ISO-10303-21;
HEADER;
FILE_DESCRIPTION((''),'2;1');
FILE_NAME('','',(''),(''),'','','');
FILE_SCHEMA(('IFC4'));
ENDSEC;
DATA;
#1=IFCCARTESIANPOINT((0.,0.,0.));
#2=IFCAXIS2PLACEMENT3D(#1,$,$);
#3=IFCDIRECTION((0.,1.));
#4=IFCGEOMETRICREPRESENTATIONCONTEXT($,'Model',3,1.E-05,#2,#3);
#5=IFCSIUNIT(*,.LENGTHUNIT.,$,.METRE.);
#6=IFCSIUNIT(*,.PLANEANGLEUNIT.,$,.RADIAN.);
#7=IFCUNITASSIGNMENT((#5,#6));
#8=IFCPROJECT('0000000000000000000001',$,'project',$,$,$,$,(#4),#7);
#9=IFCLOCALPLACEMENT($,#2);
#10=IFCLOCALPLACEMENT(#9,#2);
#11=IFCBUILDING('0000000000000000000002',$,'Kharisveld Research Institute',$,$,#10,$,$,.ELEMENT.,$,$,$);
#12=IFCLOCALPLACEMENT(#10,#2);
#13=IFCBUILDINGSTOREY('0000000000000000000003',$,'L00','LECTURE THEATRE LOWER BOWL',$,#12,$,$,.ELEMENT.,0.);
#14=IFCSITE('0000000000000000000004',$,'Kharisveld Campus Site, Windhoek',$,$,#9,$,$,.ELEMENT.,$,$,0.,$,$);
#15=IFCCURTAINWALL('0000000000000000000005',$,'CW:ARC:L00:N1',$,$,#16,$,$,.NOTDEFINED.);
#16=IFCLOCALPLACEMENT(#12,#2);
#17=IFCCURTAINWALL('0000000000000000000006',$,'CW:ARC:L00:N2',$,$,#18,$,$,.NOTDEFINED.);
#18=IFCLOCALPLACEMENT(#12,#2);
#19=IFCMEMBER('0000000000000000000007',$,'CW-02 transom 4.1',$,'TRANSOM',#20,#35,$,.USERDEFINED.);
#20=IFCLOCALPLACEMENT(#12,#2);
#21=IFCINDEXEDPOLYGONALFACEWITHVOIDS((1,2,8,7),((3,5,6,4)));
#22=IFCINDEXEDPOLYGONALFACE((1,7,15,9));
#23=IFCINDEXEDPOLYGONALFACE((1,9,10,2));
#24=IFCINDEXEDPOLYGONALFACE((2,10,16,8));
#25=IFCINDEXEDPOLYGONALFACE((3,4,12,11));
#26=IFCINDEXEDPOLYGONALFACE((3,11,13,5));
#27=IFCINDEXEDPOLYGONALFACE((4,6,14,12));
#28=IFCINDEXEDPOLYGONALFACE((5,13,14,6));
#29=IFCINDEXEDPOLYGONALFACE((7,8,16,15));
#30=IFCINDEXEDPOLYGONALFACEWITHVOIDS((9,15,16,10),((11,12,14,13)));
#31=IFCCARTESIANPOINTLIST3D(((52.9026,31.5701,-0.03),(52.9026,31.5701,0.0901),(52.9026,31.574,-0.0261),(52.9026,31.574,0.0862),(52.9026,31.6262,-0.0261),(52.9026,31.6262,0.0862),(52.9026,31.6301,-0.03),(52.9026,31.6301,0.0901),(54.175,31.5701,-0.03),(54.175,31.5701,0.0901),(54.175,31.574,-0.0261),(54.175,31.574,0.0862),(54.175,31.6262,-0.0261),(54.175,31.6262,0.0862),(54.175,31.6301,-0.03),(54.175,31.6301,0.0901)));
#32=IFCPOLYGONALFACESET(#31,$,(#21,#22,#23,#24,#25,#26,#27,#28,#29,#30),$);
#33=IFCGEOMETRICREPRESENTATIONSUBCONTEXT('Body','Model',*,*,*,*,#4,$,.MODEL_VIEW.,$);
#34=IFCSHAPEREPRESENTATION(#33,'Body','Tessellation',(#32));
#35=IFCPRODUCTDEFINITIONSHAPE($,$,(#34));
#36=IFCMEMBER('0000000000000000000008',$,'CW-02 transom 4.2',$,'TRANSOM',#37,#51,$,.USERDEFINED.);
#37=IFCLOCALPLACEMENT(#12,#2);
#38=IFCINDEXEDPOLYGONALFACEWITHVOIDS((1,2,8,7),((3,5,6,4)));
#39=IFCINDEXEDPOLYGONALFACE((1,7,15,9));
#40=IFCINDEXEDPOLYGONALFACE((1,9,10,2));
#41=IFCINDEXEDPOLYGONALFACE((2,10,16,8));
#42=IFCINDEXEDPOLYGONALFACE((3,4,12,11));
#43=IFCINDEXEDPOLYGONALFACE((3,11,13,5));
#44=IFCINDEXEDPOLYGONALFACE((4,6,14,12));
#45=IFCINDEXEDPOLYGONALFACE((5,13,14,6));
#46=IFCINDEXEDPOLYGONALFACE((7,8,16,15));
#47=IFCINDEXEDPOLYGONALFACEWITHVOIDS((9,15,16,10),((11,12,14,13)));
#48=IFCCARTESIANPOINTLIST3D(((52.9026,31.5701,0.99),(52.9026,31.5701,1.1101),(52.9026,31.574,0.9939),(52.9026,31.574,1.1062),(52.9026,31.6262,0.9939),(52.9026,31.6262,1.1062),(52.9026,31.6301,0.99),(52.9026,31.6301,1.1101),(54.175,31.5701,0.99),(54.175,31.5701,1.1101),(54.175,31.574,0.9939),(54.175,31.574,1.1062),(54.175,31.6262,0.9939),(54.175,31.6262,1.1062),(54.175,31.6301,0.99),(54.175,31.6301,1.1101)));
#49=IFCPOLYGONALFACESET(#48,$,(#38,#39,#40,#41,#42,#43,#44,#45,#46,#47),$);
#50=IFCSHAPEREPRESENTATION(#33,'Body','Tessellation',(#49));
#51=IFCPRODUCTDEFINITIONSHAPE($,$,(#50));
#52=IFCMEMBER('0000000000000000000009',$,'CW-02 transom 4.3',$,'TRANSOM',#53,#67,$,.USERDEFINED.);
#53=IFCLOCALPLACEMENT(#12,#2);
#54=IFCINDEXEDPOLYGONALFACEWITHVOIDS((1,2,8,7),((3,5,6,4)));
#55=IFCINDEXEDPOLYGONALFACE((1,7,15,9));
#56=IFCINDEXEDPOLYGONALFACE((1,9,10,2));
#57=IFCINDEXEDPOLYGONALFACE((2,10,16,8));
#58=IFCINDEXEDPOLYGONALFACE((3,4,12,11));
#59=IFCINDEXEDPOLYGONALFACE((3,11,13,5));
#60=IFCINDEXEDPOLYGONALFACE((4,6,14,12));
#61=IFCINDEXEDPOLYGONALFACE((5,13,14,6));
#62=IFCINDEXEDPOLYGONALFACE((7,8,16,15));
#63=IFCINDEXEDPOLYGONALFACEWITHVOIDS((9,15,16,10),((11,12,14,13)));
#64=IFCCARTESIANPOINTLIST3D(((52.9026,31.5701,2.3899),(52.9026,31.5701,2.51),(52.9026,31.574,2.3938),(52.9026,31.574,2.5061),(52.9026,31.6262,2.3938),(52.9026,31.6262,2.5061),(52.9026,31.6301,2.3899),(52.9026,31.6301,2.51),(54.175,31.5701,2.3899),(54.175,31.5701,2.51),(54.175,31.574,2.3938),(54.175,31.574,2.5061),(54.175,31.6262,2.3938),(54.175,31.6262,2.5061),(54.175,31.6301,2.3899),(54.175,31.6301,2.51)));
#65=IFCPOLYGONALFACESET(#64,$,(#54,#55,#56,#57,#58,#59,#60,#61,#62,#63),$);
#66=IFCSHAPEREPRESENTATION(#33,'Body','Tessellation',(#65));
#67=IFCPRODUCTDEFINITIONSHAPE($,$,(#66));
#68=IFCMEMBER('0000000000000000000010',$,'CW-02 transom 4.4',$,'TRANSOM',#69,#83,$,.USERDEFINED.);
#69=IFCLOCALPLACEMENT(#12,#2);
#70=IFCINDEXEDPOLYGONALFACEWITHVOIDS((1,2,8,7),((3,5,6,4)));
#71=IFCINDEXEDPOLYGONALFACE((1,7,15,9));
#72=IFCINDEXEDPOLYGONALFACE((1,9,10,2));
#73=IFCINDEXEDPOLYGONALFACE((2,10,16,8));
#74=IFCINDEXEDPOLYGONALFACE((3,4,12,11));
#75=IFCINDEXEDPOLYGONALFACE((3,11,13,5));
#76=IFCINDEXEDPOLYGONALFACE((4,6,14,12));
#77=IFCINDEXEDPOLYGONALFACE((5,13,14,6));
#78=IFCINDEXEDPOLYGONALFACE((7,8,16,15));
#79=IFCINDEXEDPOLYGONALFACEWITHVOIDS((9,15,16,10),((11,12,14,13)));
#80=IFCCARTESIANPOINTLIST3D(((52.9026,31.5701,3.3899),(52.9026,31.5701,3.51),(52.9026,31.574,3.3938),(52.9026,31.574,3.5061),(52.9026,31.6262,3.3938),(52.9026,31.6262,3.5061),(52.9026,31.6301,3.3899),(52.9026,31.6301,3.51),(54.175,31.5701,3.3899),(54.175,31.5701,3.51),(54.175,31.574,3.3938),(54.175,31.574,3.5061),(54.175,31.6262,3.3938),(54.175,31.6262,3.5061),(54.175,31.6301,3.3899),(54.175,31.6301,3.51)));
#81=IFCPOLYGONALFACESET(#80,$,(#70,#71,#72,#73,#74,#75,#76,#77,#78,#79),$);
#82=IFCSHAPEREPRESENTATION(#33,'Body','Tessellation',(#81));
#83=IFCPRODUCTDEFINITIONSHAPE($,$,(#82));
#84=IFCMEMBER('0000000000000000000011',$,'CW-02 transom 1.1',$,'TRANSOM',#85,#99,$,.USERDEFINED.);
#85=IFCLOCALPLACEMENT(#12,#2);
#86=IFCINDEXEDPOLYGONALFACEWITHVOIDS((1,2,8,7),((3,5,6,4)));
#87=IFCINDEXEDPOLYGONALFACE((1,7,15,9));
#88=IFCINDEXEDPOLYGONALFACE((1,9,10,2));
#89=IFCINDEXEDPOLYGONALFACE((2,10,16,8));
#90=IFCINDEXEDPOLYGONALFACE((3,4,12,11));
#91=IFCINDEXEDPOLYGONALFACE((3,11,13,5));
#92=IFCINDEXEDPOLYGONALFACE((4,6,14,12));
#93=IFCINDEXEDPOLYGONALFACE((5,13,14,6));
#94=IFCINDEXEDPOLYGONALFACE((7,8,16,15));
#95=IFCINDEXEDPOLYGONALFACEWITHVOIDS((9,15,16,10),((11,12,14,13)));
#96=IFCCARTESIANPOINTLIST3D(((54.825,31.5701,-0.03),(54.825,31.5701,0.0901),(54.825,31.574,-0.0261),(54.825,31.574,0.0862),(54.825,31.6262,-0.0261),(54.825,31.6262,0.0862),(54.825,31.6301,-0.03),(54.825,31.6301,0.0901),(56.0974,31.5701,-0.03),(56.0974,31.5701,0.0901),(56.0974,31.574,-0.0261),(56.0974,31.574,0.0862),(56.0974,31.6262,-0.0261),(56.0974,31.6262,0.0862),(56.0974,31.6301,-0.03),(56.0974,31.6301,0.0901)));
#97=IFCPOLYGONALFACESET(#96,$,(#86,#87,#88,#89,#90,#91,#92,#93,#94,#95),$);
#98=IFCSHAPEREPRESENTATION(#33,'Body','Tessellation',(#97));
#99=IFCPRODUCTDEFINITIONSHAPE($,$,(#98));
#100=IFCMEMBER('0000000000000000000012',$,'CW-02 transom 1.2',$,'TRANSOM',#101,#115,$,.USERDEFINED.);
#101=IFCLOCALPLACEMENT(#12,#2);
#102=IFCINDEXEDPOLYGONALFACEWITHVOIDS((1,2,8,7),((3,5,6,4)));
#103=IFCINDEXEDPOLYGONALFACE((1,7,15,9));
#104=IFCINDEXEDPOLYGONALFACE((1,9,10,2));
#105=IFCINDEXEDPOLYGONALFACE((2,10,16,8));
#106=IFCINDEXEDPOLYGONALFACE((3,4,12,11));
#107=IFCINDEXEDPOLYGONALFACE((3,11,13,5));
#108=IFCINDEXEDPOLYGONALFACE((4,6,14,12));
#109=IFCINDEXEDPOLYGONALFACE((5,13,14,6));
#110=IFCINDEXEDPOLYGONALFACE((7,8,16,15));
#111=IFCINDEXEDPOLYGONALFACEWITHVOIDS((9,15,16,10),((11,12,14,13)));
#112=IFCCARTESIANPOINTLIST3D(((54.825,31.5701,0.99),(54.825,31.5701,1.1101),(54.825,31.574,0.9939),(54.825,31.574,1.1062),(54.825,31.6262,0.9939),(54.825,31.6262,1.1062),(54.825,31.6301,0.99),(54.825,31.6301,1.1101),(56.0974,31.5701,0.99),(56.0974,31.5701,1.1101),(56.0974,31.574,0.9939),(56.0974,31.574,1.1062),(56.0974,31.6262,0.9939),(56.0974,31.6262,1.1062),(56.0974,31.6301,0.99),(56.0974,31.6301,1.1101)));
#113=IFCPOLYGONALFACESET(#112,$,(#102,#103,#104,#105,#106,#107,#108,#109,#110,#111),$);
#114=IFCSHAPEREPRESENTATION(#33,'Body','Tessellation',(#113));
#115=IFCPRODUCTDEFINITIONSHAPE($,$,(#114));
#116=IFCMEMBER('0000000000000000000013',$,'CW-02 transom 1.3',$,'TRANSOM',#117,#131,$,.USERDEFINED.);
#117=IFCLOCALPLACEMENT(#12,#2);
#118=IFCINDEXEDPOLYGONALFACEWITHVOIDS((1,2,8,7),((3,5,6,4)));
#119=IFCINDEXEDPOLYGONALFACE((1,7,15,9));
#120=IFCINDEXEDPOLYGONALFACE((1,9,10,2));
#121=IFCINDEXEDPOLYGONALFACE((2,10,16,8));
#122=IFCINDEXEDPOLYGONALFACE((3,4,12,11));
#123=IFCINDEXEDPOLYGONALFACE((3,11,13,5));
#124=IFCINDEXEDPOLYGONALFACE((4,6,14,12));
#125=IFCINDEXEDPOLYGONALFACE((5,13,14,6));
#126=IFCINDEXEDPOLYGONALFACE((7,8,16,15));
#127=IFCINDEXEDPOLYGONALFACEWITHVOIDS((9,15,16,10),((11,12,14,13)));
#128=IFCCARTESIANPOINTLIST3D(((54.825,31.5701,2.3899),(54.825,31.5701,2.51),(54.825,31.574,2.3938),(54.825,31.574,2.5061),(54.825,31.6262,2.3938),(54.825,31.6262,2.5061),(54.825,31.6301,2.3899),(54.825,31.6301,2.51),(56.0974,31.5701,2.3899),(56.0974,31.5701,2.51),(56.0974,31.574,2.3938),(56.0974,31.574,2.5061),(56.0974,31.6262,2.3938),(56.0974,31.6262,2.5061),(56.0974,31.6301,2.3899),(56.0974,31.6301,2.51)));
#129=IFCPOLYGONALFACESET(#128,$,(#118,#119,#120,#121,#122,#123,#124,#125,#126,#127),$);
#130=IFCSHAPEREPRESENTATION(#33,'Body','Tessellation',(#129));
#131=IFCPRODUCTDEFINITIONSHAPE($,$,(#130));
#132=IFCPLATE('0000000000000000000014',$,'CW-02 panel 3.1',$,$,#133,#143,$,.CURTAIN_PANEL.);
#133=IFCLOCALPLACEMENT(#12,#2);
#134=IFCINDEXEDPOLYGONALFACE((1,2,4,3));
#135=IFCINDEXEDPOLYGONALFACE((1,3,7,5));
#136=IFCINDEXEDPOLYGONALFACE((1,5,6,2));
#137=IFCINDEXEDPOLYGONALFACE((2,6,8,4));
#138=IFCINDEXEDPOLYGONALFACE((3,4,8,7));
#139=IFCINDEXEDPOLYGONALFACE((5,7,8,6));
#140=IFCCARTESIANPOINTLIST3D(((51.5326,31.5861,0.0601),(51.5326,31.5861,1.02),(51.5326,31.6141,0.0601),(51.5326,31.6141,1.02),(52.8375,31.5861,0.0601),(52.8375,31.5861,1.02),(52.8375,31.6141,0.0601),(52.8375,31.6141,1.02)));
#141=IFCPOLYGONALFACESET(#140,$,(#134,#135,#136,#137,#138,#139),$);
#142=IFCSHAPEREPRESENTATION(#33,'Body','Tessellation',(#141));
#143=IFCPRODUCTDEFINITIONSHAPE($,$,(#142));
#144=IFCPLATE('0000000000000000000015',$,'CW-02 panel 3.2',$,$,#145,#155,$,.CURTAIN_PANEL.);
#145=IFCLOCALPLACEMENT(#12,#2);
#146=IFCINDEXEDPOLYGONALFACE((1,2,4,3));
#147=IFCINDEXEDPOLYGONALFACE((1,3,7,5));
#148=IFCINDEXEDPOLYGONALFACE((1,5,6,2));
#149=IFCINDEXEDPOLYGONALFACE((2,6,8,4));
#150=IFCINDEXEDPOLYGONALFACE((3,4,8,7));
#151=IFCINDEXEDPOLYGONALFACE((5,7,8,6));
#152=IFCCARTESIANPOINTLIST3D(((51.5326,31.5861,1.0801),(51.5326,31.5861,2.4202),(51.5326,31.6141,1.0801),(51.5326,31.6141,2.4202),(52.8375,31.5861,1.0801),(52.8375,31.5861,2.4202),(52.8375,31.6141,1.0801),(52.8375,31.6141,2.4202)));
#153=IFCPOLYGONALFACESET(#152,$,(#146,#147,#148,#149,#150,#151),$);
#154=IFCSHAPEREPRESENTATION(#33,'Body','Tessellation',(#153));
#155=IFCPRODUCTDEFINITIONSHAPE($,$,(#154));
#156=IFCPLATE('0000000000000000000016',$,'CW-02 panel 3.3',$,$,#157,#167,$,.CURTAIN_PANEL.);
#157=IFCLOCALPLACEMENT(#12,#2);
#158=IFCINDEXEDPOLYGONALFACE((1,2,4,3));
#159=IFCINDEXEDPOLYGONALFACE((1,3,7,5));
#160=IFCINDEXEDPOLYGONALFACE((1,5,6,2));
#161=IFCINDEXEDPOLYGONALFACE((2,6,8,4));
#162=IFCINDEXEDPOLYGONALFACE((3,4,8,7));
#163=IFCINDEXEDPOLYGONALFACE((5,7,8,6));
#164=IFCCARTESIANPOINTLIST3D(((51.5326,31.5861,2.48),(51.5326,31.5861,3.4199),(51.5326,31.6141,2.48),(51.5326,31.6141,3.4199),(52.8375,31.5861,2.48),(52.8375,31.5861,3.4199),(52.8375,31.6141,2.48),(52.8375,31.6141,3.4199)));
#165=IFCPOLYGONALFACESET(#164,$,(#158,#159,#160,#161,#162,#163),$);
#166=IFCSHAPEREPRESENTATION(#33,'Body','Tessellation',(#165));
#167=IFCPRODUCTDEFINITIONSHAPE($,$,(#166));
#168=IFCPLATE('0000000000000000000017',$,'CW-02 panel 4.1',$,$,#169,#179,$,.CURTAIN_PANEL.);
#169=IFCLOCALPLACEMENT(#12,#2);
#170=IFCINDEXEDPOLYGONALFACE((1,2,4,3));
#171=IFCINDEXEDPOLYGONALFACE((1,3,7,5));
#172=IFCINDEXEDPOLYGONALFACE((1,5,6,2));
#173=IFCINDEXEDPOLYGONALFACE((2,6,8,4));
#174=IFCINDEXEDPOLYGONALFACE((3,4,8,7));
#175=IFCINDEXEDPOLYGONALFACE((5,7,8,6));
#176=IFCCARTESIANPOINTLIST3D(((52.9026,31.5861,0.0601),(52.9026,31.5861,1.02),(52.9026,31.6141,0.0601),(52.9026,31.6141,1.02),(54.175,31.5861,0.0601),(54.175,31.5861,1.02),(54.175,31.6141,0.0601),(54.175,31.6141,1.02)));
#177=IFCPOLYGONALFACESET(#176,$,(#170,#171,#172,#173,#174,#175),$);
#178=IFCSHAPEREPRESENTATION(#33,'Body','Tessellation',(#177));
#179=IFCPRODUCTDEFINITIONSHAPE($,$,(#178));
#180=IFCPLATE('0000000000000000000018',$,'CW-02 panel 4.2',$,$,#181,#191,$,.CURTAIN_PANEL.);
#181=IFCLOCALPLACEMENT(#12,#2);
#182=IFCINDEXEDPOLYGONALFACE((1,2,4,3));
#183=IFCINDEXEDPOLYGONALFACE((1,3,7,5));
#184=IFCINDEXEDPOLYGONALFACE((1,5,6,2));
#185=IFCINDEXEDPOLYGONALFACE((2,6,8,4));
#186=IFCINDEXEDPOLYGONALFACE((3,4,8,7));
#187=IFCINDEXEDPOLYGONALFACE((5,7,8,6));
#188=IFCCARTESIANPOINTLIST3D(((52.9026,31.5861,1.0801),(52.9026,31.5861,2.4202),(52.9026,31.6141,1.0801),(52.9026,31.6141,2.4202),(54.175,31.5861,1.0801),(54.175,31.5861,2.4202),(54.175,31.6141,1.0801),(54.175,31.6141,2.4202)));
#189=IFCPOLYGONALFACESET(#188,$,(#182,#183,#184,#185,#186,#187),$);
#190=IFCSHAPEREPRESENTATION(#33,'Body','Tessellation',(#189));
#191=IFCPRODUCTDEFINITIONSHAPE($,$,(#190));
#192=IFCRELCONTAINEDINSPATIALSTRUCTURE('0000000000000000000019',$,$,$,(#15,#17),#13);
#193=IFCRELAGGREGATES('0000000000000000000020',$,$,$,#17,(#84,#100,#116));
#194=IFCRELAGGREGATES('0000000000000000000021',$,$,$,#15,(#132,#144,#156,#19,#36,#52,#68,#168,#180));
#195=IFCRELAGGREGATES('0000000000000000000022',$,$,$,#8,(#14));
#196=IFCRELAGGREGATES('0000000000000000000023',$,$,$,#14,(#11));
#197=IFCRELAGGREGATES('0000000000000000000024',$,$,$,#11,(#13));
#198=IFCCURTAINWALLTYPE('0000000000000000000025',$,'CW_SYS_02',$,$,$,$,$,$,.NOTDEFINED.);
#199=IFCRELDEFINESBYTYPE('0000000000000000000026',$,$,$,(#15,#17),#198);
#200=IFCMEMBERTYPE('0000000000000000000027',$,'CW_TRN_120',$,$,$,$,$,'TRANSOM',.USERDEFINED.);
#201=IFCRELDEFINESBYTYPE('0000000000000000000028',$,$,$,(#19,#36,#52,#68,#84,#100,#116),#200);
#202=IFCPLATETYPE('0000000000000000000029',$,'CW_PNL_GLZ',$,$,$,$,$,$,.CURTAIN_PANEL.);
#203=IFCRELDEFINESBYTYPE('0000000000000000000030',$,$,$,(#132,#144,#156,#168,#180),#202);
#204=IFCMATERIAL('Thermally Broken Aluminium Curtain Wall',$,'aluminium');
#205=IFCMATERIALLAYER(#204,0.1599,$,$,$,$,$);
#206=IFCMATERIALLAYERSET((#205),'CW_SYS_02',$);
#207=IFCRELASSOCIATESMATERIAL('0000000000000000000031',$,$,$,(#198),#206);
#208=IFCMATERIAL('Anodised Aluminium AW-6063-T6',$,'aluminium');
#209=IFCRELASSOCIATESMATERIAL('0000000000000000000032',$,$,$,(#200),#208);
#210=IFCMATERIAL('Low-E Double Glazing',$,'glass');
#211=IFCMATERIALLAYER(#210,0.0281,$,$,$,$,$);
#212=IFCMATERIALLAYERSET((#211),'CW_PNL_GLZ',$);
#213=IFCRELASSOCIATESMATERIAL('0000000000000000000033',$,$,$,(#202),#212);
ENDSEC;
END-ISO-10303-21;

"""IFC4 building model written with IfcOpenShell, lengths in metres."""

from ifc_helpers import new_model, si_unit, direction, frame, origin, origin_2d, place, context, subcontext, project, spatial, rectangle, hollow_rectangle, extrude, material, layer, layer_set, material_profile, profile_set, type_object, element, aggregate, save


model = new_model("IFC4")

# Units and contexts
model_context = context("Model", 3, precision=1e-05, world=origin(), true_north=direction((0.0, 1.0)))
body_context = subcontext(model_context, "Body", "Model", "MODEL_VIEW")
ifc_project = project(units=[si_unit("LENGTHUNIT", "METRE"), si_unit("PLANEANGLEUNIT", "RADIAN")], contexts=[model_context])

# Site, building, storey
site_placement = place(None, origin())
site = spatial("IfcSite", under=ifc_project, at=site_placement, Name="Kharisveld Campus Site, Windhoek", CompositionType="ELEMENT", RefElevation=0.0)
building_placement = place(site_placement, origin())
building = spatial("IfcBuilding", under=site, at=building_placement, Name="Kharisveld Research Institute", CompositionType="ELEMENT")
storey_placement = place(building_placement, origin())
storey = spatial("IfcBuildingStorey", under=building, at=storey_placement, Name="L00", Description="LECTURE THEATRE LOWER BOWL", CompositionType="ELEMENT", Elevation=0.0)

# Curtain wall
ifc_material_1 = material(Name="Thermally Broken Aluminium Curtain Wall", Category="aluminium")
ifc_layer_1 = layer(ifc_material_1, 0.1599)
ifc_layer_set_1 = layer_set([ifc_layer_1], Name="CW_SYS_02")
curtain_wall_type = type_object("IfcCurtainWallType", Name="CW_SYS_02", PredefinedType="NOTDEFINED", material=ifc_layer_set_1)
curtain_wall_1_placement = place(storey_placement, origin())
curtain_wall_1 = element("IfcCurtainWall", 1, at=curtain_wall_1_placement, inside=storey, type_object=curtain_wall_type, Name="CW:ARC:L00:N1", PredefinedType="NOTDEFINED")

# Curtain wall
curtain_wall_2_placement = place(storey_placement, origin())
curtain_wall_2 = element("IfcCurtainWall", 2, at=curtain_wall_2_placement, inside=storey, type_object=curtain_wall_type, Name="CW:ARC:L00:N2", PredefinedType="NOTDEFINED")

# Members
ifc_material_2 = material(Name="Anodised Aluminium AW-6063-T6", Category="aluminium")
ifc_material_profile_1 = material_profile(ifc_material_2, hollow_rectangle(XDim=0.0601, YDim=0.1201, WallThickness=0.0039, at=origin_2d()))
ifc_profile_set_1 = profile_set([ifc_material_profile_1], Name="Anodised Aluminium AW-6063-T6")
member_type_1 = type_object("IfcMemberType", Name="CW_TRN_120", ElementType="TRANSOM", PredefinedType="USERDEFINED", material=ifc_profile_set_1)
member_1_placement = place(storey_placement, frame((52.9026, 31.6001, 0.03), z_axis=(1.0, 0.0, 0.0), x_axis=(0.0, 1.0, 0.0)))
member_1 = element("IfcMember", 3, at=member_1_placement, type_object=member_type_1, Name="CW-02 transom 4.1", ObjectType="TRANSOM", PredefinedType="USERDEFINED", context=body_context, shape_type="SweptSolid", body=[
    extrude(hollow_rectangle(XDim=0.0601, YDim=0.1201, WallThickness=0.0039, at=origin_2d()), origin(), (0.0, 0.0, 1.0), 1.2725),
])
member_2_placement = place(storey_placement, frame((52.9026, 31.6001, 1.05), z_axis=(1.0, 0.0, 0.0), x_axis=(0.0, 1.0, 0.0)))
member_2 = element("IfcMember", 4, at=member_2_placement, type_object=member_type_1, Name="CW-02 transom 4.2", ObjectType="TRANSOM", PredefinedType="USERDEFINED", context=body_context, shape_type="SweptSolid", body=[
    extrude(hollow_rectangle(XDim=0.0601, YDim=0.1201, WallThickness=0.0039, at=origin_2d()), origin(), (0.0, 0.0, 1.0), 1.2725),
])
member_3_placement = place(storey_placement, frame((52.9026, 31.6001, 2.45), z_axis=(1.0, 0.0, 0.0), x_axis=(0.0, 1.0, 0.0)))
member_3 = element("IfcMember", 5, at=member_3_placement, type_object=member_type_1, Name="CW-02 transom 4.3", ObjectType="TRANSOM", PredefinedType="USERDEFINED", context=body_context, shape_type="SweptSolid", body=[
    extrude(hollow_rectangle(XDim=0.0601, YDim=0.1201, WallThickness=0.0039, at=origin_2d()), origin(), (0.0, 0.0, 1.0), 1.2725),
])
member_4_placement = place(storey_placement, frame((52.9026, 31.6001, 3.45), z_axis=(1.0, 0.0, 0.0), x_axis=(0.0, 1.0, 0.0)))
member_4 = element("IfcMember", 6, at=member_4_placement, type_object=member_type_1, Name="CW-02 transom 4.4", ObjectType="TRANSOM", PredefinedType="USERDEFINED", context=body_context, shape_type="SweptSolid", body=[
    extrude(hollow_rectangle(XDim=0.0601, YDim=0.1201, WallThickness=0.0039, at=origin_2d()), origin(), (0.0, 0.0, 1.0), 1.2725),
])
member_5_placement = place(storey_placement, frame((54.825, 31.6001, 0.03), z_axis=(1.0, 0.0, 0.0), x_axis=(0.0, 1.0, 0.0)))
member_5 = element("IfcMember", 7, at=member_5_placement, type_object=member_type_1, Name="CW-02 transom 1.1", ObjectType="TRANSOM", PredefinedType="USERDEFINED", context=body_context, shape_type="SweptSolid", body=[
    extrude(hollow_rectangle(XDim=0.0601, YDim=0.1201, WallThickness=0.0039, at=origin_2d()), origin(), (0.0, 0.0, 1.0), 1.2725),
])
member_6_placement = place(storey_placement, frame((54.825, 31.6001, 1.05), z_axis=(1.0, 0.0, 0.0), x_axis=(0.0, 1.0, 0.0)))
member_6 = element("IfcMember", 8, at=member_6_placement, type_object=member_type_1, Name="CW-02 transom 1.2", ObjectType="TRANSOM", PredefinedType="USERDEFINED", context=body_context, shape_type="SweptSolid", body=[
    extrude(hollow_rectangle(XDim=0.0601, YDim=0.1201, WallThickness=0.0039, at=origin_2d()), origin(), (0.0, 0.0, 1.0), 1.2725),
])
member_7_placement = place(storey_placement, frame((54.825, 31.6001, 2.45), z_axis=(1.0, 0.0, 0.0), x_axis=(0.0, 1.0, 0.0)))
member_7 = element("IfcMember", 9, at=member_7_placement, type_object=member_type_1, Name="CW-02 transom 1.3", ObjectType="TRANSOM", PredefinedType="USERDEFINED", context=body_context, shape_type="SweptSolid", body=[
    extrude(hollow_rectangle(XDim=0.0601, YDim=0.1201, WallThickness=0.0039, at=origin_2d()), origin(), (0.0, 0.0, 1.0), 1.2725),
])
aggregate(curtain_wall_2, [member_5, member_6, member_7])

# Plates
ifc_material_3 = material(Name="Low-E Double Glazing", Category="glass")
ifc_layer_2 = layer(ifc_material_3, 0.0281)
ifc_layer_set_2 = layer_set([ifc_layer_2], Name="CW_PNL_GLZ")
plate_type = type_object("IfcPlateType", Name="CW_PNL_GLZ", PredefinedType="CURTAIN_PANEL", material=ifc_layer_set_2)
plate_1_placement = place(storey_placement, frame((52.1851, 31.6001, 0.0601), z_axis=(0.0, 0.0, 1.0), x_axis=(1.0, 0.0, 0.0)))
plate_1 = element("IfcPlate", 10, at=plate_1_placement, type_object=plate_type, Name="CW-02 panel 3.1", PredefinedType="CURTAIN_PANEL", context=body_context, shape_type="SweptSolid", body=[
    extrude(rectangle(XDim=1.3049, YDim=0.0281, at=origin_2d()), origin(), (0.0, 0.0, 1.0), 0.96),
])
plate_2_placement = place(storey_placement, frame((52.1851, 31.6001, 1.0801), z_axis=(0.0, 0.0, 1.0), x_axis=(1.0, 0.0, 0.0)))
plate_2 = element("IfcPlate", 11, at=plate_2_placement, type_object=plate_type, Name="CW-02 panel 3.2", PredefinedType="CURTAIN_PANEL", context=body_context, shape_type="SweptSolid", body=[
    extrude(rectangle(XDim=1.3049, YDim=0.0281, at=origin_2d()), origin(), (0.0, 0.0, 1.0), 1.3401),
])
plate_3_placement = place(storey_placement, frame((52.1851, 31.6001, 2.48), z_axis=(0.0, 0.0, 1.0), x_axis=(1.0, 0.0, 0.0)))
plate_3 = element("IfcPlate", 12, at=plate_3_placement, type_object=plate_type, Name="CW-02 panel 3.3", PredefinedType="CURTAIN_PANEL", context=body_context, shape_type="SweptSolid", body=[
    extrude(rectangle(XDim=1.3049, YDim=0.0281, at=origin_2d()), origin(), (0.0, 0.0, 1.0), 0.9399),
])
plate_4_placement = place(storey_placement, frame((53.5388, 31.6001, 0.0601), z_axis=(0.0, 0.0, 1.0), x_axis=(1.0, 0.0, 0.0)))
plate_4 = element("IfcPlate", 13, at=plate_4_placement, type_object=plate_type, Name="CW-02 panel 4.1", PredefinedType="CURTAIN_PANEL", context=body_context, shape_type="SweptSolid", body=[
    extrude(rectangle(XDim=1.2725, YDim=0.0281, at=origin_2d()), origin(), (0.0, 0.0, 1.0), 0.96),
])
plate_5_placement = place(storey_placement, frame((53.5388, 31.6001, 1.0801), z_axis=(0.0, 0.0, 1.0), x_axis=(1.0, 0.0, 0.0)))
plate_5 = element("IfcPlate", 14, at=plate_5_placement, type_object=plate_type, Name="CW-02 panel 4.2", PredefinedType="CURTAIN_PANEL", context=body_context, shape_type="SweptSolid", body=[
    extrude(rectangle(XDim=1.2725, YDim=0.0281, at=origin_2d()), origin(), (0.0, 0.0, 1.0), 1.3401),
])
aggregate(curtain_wall_1, [plate_1, plate_2, plate_3, member_1, member_2, member_3, member_4, plate_4, plate_5])

save(model, "model.ifc")
